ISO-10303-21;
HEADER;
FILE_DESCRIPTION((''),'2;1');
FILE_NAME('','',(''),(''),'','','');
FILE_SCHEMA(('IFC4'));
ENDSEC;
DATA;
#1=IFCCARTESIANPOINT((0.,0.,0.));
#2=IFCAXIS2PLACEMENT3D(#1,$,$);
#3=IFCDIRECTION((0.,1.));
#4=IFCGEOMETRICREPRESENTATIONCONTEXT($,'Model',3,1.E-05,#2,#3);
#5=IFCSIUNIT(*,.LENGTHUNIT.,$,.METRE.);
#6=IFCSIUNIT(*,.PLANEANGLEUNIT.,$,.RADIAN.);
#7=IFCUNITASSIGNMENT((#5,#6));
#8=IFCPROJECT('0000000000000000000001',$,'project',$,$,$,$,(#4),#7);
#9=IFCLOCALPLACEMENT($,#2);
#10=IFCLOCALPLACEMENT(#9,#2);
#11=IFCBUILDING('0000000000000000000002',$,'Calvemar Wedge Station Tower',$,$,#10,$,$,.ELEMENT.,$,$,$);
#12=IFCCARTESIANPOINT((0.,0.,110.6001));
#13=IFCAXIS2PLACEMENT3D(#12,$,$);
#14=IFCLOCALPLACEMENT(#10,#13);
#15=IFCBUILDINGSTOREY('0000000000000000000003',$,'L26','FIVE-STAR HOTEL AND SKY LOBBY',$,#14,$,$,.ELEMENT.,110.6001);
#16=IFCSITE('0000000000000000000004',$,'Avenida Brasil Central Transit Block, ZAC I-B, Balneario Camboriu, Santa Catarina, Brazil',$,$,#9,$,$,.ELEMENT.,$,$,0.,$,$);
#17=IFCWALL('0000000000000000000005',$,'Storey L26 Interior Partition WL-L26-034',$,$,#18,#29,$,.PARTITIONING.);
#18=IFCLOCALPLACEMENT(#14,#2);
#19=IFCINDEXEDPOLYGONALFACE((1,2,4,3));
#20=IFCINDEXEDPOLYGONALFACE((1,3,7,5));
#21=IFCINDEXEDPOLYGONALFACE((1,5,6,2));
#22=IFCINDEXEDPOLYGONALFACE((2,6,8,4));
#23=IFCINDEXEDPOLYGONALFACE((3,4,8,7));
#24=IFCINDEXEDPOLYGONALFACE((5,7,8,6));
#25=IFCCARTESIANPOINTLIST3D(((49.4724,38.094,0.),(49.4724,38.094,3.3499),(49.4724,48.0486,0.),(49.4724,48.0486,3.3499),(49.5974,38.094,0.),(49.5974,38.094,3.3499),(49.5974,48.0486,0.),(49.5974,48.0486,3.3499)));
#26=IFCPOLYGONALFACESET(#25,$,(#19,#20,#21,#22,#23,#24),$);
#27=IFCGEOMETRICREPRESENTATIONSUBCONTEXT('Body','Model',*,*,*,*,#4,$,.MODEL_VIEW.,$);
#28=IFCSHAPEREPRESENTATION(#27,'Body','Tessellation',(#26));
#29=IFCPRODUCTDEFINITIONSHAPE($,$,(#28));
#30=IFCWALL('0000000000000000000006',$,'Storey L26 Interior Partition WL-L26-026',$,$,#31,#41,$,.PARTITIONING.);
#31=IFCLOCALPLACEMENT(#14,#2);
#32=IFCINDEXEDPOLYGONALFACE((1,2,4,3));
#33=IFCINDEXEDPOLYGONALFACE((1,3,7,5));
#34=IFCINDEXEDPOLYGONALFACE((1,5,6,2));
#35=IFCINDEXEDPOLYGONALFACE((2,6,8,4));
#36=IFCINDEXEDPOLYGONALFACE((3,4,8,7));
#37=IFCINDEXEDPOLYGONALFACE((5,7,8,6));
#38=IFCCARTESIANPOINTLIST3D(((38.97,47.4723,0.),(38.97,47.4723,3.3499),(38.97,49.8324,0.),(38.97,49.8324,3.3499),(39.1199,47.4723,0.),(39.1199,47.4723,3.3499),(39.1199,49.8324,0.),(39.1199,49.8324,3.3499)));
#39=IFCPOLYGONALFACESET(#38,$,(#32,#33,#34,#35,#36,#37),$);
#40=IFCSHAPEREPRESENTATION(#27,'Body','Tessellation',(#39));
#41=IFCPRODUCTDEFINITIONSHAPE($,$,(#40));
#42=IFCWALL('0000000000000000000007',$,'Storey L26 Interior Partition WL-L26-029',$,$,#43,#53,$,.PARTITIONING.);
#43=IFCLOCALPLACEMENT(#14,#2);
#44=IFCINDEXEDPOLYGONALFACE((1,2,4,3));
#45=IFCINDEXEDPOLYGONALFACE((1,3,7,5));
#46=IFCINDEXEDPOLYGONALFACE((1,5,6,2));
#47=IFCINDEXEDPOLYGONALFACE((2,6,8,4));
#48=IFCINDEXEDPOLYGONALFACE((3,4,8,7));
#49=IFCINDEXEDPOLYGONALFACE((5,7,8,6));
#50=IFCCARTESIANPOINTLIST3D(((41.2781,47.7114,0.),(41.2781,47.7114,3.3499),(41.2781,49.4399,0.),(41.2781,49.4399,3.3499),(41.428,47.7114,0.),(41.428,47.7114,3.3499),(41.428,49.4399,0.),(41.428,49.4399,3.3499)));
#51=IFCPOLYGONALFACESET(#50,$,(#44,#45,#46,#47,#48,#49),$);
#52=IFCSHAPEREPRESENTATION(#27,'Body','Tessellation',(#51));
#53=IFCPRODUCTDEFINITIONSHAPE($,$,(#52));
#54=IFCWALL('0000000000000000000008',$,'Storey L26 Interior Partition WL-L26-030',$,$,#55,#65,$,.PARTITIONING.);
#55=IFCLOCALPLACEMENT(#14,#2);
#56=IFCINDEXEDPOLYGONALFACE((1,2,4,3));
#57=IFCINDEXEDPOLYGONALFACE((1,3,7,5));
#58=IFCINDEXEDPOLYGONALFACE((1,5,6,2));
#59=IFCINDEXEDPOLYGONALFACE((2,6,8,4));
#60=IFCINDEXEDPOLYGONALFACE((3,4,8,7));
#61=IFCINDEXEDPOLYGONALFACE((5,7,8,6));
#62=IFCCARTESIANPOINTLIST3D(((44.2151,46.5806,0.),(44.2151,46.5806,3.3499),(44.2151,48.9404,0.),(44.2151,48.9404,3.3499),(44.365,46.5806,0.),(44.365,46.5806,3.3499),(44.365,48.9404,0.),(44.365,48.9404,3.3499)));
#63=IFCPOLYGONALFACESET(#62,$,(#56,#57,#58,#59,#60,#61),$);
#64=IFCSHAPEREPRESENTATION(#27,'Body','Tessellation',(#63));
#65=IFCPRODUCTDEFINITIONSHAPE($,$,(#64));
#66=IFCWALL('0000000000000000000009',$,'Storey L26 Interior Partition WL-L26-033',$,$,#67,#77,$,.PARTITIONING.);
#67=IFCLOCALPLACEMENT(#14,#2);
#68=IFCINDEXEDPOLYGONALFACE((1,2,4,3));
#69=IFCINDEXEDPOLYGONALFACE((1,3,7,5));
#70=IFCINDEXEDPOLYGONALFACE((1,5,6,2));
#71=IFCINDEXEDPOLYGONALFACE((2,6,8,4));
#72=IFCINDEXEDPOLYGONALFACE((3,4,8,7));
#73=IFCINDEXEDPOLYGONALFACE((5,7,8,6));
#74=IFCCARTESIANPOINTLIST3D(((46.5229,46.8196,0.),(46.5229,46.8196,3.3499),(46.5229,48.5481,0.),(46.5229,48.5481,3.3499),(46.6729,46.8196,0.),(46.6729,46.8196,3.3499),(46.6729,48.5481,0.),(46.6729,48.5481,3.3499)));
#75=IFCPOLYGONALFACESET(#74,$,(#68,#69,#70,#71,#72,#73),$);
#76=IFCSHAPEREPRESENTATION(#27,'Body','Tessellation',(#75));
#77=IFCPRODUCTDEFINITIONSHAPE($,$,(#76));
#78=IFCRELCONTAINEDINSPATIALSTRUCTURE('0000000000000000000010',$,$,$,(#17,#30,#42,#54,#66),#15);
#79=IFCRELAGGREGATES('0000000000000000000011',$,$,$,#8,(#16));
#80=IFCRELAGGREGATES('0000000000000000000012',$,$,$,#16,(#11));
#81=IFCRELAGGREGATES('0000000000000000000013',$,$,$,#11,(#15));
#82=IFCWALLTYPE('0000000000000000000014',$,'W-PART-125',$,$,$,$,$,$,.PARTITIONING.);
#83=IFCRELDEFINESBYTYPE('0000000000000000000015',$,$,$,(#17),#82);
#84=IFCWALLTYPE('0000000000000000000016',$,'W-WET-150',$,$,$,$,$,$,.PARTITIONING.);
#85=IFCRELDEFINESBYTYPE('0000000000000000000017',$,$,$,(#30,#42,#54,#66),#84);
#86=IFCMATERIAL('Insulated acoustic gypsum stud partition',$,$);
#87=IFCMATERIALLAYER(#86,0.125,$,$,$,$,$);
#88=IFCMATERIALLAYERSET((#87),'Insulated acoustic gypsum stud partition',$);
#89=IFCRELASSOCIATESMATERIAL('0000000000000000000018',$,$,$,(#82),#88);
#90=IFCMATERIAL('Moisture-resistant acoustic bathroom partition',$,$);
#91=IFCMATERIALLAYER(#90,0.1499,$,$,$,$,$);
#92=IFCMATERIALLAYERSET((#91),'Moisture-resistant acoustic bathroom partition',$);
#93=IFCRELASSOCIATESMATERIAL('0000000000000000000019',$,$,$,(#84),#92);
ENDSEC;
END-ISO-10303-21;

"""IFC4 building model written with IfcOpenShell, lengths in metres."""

from ifc_helpers import new_model, si_unit, direction, frame, frame_2d, origin, place, context, subcontext, project, spatial, rectangle, extrude, material, layer, layer_set, type_object, element, save


model = new_model("IFC4")

# Units and contexts
model_context = context("Model", 3, precision=1e-05, world=origin(), true_north=direction((0.0, 1.0)))
body_context = subcontext(model_context, "Body", "Model", "MODEL_VIEW")
ifc_project = project(units=[si_unit("LENGTHUNIT", "METRE"), si_unit("PLANEANGLEUNIT", "RADIAN")], contexts=[model_context])

# Site, building, storey
site_placement = place(None, origin())
site = spatial("IfcSite", under=ifc_project, at=site_placement, Name="Avenida Brasil Central Transit Block, ZAC I-B, Balneario Camboriu, Santa Catarina, Brazil", CompositionType="ELEMENT", RefElevation=0.0)
building_placement = place(site_placement, origin())
building = spatial("IfcBuilding", under=site, at=building_placement, Name="Calvemar Wedge Station Tower", CompositionType="ELEMENT")
storey_placement = place(building_placement, frame((0.0, 0.0, 110.6001)))
storey = spatial("IfcBuildingStorey", under=building, at=storey_placement, Name="L26", Description="FIVE-STAR HOTEL AND SKY LOBBY", CompositionType="ELEMENT", Elevation=110.6001)

# Walls
ifc_material_1 = material(Name="Insulated acoustic gypsum stud partition")
ifc_layer_1 = layer(ifc_material_1, 0.125)
ifc_layer_set_1 = layer_set([ifc_layer_1], Name="Insulated acoustic gypsum stud partition")
wall_type_1 = type_object("IfcWallType", Name="W-PART-125", PredefinedType="PARTITIONING", material=ifc_layer_set_1)
wall_1_placement = place(storey_placement, frame((49.5349, 48.0486, 0.0), z_axis=(0.0, 0.0, 1.0), x_axis=(0.0, -1.0, 0.0)))
element("IfcWall", 1, at=wall_1_placement, inside=storey, type_object=wall_type_1, Name="Storey L26 Interior Partition WL-L26-034", PredefinedType="PARTITIONING", context=body_context, shape_type="SweptSolid", body=[
    extrude(rectangle(XDim=9.9546, YDim=0.125, at=frame_2d((4.9773, 0.0))), origin(), (0.0, 0.0, 1.0), 3.3499),
])
ifc_material_2 = material(Name="Moisture-resistant acoustic bathroom partition")
ifc_layer_2 = layer(ifc_material_2, 0.1499)
ifc_layer_set_2 = layer_set([ifc_layer_2], Name="Moisture-resistant acoustic bathroom partition")
wall_type_2 = type_object("IfcWallType", Name="W-WET-150", PredefinedType="PARTITIONING", material=ifc_layer_set_2)
wall_2_placement = place(storey_placement, frame((39.0449, 49.8325, 0.0), z_axis=(0.0, 0.0, 1.0), x_axis=(0.0, -1.0, 0.0)))
element("IfcWall", 2, at=wall_2_placement, inside=storey, type_object=wall_type_2, Name="Storey L26 Interior Partition WL-L26-026", PredefinedType="PARTITIONING", context=body_context, shape_type="SweptSolid", body=[
    extrude(rectangle(XDim=2.3601, YDim=0.1499, at=frame_2d((1.1802, 0.0))), origin(), (0.0, 0.0, 1.0), 3.3499),
])

# Walls
wall_3_placement = place(storey_placement, frame((41.353, 49.4399, 0.0), z_axis=(0.0, 0.0, 1.0), x_axis=(0.0, -1.0, 0.0)))
element("IfcWall", 3, at=wall_3_placement, inside=storey, type_object=wall_type_2, Name="Storey L26 Interior Partition WL-L26-029", PredefinedType="PARTITIONING", context=body_context, shape_type="SweptSolid", body=[
    extrude(rectangle(XDim=1.7285, YDim=0.1499, at=frame_2d((0.8643, 0.0))), origin(), (0.0, 0.0, 1.0), 3.3499),
])
wall_4_placement = place(storey_placement, frame((44.29, 48.9404, 0.0), z_axis=(0.0, 0.0, 1.0), x_axis=(0.0, -1.0, 0.0)))
element("IfcWall", 4, at=wall_4_placement, inside=storey, type_object=wall_type_2, Name="Storey L26 Interior Partition WL-L26-030", PredefinedType="PARTITIONING", context=body_context, shape_type="SweptSolid", body=[
    extrude(rectangle(XDim=2.3599, YDim=0.1499, at=frame_2d((1.1799, 0.0))), origin(), (0.0, 0.0, 1.0), 3.3499),
])

# Wall
wall_5_placement = place(storey_placement, frame((46.5979, 48.5481, 0.0), z_axis=(0.0, 0.0, 1.0), x_axis=(0.0, -1.0, 0.0)))
element("IfcWall", 5, at=wall_5_placement, inside=storey, type_object=wall_type_2, Name="Storey L26 Interior Partition WL-L26-033", PredefinedType="PARTITIONING", context=body_context, shape_type="SweptSolid", body=[
    extrude(rectangle(XDim=1.7285, YDim=0.1499, at=frame_2d((0.8643, 0.0))), origin(), (0.0, 0.0, 1.0), 3.3499),
])

save(model, "model.ifc")
